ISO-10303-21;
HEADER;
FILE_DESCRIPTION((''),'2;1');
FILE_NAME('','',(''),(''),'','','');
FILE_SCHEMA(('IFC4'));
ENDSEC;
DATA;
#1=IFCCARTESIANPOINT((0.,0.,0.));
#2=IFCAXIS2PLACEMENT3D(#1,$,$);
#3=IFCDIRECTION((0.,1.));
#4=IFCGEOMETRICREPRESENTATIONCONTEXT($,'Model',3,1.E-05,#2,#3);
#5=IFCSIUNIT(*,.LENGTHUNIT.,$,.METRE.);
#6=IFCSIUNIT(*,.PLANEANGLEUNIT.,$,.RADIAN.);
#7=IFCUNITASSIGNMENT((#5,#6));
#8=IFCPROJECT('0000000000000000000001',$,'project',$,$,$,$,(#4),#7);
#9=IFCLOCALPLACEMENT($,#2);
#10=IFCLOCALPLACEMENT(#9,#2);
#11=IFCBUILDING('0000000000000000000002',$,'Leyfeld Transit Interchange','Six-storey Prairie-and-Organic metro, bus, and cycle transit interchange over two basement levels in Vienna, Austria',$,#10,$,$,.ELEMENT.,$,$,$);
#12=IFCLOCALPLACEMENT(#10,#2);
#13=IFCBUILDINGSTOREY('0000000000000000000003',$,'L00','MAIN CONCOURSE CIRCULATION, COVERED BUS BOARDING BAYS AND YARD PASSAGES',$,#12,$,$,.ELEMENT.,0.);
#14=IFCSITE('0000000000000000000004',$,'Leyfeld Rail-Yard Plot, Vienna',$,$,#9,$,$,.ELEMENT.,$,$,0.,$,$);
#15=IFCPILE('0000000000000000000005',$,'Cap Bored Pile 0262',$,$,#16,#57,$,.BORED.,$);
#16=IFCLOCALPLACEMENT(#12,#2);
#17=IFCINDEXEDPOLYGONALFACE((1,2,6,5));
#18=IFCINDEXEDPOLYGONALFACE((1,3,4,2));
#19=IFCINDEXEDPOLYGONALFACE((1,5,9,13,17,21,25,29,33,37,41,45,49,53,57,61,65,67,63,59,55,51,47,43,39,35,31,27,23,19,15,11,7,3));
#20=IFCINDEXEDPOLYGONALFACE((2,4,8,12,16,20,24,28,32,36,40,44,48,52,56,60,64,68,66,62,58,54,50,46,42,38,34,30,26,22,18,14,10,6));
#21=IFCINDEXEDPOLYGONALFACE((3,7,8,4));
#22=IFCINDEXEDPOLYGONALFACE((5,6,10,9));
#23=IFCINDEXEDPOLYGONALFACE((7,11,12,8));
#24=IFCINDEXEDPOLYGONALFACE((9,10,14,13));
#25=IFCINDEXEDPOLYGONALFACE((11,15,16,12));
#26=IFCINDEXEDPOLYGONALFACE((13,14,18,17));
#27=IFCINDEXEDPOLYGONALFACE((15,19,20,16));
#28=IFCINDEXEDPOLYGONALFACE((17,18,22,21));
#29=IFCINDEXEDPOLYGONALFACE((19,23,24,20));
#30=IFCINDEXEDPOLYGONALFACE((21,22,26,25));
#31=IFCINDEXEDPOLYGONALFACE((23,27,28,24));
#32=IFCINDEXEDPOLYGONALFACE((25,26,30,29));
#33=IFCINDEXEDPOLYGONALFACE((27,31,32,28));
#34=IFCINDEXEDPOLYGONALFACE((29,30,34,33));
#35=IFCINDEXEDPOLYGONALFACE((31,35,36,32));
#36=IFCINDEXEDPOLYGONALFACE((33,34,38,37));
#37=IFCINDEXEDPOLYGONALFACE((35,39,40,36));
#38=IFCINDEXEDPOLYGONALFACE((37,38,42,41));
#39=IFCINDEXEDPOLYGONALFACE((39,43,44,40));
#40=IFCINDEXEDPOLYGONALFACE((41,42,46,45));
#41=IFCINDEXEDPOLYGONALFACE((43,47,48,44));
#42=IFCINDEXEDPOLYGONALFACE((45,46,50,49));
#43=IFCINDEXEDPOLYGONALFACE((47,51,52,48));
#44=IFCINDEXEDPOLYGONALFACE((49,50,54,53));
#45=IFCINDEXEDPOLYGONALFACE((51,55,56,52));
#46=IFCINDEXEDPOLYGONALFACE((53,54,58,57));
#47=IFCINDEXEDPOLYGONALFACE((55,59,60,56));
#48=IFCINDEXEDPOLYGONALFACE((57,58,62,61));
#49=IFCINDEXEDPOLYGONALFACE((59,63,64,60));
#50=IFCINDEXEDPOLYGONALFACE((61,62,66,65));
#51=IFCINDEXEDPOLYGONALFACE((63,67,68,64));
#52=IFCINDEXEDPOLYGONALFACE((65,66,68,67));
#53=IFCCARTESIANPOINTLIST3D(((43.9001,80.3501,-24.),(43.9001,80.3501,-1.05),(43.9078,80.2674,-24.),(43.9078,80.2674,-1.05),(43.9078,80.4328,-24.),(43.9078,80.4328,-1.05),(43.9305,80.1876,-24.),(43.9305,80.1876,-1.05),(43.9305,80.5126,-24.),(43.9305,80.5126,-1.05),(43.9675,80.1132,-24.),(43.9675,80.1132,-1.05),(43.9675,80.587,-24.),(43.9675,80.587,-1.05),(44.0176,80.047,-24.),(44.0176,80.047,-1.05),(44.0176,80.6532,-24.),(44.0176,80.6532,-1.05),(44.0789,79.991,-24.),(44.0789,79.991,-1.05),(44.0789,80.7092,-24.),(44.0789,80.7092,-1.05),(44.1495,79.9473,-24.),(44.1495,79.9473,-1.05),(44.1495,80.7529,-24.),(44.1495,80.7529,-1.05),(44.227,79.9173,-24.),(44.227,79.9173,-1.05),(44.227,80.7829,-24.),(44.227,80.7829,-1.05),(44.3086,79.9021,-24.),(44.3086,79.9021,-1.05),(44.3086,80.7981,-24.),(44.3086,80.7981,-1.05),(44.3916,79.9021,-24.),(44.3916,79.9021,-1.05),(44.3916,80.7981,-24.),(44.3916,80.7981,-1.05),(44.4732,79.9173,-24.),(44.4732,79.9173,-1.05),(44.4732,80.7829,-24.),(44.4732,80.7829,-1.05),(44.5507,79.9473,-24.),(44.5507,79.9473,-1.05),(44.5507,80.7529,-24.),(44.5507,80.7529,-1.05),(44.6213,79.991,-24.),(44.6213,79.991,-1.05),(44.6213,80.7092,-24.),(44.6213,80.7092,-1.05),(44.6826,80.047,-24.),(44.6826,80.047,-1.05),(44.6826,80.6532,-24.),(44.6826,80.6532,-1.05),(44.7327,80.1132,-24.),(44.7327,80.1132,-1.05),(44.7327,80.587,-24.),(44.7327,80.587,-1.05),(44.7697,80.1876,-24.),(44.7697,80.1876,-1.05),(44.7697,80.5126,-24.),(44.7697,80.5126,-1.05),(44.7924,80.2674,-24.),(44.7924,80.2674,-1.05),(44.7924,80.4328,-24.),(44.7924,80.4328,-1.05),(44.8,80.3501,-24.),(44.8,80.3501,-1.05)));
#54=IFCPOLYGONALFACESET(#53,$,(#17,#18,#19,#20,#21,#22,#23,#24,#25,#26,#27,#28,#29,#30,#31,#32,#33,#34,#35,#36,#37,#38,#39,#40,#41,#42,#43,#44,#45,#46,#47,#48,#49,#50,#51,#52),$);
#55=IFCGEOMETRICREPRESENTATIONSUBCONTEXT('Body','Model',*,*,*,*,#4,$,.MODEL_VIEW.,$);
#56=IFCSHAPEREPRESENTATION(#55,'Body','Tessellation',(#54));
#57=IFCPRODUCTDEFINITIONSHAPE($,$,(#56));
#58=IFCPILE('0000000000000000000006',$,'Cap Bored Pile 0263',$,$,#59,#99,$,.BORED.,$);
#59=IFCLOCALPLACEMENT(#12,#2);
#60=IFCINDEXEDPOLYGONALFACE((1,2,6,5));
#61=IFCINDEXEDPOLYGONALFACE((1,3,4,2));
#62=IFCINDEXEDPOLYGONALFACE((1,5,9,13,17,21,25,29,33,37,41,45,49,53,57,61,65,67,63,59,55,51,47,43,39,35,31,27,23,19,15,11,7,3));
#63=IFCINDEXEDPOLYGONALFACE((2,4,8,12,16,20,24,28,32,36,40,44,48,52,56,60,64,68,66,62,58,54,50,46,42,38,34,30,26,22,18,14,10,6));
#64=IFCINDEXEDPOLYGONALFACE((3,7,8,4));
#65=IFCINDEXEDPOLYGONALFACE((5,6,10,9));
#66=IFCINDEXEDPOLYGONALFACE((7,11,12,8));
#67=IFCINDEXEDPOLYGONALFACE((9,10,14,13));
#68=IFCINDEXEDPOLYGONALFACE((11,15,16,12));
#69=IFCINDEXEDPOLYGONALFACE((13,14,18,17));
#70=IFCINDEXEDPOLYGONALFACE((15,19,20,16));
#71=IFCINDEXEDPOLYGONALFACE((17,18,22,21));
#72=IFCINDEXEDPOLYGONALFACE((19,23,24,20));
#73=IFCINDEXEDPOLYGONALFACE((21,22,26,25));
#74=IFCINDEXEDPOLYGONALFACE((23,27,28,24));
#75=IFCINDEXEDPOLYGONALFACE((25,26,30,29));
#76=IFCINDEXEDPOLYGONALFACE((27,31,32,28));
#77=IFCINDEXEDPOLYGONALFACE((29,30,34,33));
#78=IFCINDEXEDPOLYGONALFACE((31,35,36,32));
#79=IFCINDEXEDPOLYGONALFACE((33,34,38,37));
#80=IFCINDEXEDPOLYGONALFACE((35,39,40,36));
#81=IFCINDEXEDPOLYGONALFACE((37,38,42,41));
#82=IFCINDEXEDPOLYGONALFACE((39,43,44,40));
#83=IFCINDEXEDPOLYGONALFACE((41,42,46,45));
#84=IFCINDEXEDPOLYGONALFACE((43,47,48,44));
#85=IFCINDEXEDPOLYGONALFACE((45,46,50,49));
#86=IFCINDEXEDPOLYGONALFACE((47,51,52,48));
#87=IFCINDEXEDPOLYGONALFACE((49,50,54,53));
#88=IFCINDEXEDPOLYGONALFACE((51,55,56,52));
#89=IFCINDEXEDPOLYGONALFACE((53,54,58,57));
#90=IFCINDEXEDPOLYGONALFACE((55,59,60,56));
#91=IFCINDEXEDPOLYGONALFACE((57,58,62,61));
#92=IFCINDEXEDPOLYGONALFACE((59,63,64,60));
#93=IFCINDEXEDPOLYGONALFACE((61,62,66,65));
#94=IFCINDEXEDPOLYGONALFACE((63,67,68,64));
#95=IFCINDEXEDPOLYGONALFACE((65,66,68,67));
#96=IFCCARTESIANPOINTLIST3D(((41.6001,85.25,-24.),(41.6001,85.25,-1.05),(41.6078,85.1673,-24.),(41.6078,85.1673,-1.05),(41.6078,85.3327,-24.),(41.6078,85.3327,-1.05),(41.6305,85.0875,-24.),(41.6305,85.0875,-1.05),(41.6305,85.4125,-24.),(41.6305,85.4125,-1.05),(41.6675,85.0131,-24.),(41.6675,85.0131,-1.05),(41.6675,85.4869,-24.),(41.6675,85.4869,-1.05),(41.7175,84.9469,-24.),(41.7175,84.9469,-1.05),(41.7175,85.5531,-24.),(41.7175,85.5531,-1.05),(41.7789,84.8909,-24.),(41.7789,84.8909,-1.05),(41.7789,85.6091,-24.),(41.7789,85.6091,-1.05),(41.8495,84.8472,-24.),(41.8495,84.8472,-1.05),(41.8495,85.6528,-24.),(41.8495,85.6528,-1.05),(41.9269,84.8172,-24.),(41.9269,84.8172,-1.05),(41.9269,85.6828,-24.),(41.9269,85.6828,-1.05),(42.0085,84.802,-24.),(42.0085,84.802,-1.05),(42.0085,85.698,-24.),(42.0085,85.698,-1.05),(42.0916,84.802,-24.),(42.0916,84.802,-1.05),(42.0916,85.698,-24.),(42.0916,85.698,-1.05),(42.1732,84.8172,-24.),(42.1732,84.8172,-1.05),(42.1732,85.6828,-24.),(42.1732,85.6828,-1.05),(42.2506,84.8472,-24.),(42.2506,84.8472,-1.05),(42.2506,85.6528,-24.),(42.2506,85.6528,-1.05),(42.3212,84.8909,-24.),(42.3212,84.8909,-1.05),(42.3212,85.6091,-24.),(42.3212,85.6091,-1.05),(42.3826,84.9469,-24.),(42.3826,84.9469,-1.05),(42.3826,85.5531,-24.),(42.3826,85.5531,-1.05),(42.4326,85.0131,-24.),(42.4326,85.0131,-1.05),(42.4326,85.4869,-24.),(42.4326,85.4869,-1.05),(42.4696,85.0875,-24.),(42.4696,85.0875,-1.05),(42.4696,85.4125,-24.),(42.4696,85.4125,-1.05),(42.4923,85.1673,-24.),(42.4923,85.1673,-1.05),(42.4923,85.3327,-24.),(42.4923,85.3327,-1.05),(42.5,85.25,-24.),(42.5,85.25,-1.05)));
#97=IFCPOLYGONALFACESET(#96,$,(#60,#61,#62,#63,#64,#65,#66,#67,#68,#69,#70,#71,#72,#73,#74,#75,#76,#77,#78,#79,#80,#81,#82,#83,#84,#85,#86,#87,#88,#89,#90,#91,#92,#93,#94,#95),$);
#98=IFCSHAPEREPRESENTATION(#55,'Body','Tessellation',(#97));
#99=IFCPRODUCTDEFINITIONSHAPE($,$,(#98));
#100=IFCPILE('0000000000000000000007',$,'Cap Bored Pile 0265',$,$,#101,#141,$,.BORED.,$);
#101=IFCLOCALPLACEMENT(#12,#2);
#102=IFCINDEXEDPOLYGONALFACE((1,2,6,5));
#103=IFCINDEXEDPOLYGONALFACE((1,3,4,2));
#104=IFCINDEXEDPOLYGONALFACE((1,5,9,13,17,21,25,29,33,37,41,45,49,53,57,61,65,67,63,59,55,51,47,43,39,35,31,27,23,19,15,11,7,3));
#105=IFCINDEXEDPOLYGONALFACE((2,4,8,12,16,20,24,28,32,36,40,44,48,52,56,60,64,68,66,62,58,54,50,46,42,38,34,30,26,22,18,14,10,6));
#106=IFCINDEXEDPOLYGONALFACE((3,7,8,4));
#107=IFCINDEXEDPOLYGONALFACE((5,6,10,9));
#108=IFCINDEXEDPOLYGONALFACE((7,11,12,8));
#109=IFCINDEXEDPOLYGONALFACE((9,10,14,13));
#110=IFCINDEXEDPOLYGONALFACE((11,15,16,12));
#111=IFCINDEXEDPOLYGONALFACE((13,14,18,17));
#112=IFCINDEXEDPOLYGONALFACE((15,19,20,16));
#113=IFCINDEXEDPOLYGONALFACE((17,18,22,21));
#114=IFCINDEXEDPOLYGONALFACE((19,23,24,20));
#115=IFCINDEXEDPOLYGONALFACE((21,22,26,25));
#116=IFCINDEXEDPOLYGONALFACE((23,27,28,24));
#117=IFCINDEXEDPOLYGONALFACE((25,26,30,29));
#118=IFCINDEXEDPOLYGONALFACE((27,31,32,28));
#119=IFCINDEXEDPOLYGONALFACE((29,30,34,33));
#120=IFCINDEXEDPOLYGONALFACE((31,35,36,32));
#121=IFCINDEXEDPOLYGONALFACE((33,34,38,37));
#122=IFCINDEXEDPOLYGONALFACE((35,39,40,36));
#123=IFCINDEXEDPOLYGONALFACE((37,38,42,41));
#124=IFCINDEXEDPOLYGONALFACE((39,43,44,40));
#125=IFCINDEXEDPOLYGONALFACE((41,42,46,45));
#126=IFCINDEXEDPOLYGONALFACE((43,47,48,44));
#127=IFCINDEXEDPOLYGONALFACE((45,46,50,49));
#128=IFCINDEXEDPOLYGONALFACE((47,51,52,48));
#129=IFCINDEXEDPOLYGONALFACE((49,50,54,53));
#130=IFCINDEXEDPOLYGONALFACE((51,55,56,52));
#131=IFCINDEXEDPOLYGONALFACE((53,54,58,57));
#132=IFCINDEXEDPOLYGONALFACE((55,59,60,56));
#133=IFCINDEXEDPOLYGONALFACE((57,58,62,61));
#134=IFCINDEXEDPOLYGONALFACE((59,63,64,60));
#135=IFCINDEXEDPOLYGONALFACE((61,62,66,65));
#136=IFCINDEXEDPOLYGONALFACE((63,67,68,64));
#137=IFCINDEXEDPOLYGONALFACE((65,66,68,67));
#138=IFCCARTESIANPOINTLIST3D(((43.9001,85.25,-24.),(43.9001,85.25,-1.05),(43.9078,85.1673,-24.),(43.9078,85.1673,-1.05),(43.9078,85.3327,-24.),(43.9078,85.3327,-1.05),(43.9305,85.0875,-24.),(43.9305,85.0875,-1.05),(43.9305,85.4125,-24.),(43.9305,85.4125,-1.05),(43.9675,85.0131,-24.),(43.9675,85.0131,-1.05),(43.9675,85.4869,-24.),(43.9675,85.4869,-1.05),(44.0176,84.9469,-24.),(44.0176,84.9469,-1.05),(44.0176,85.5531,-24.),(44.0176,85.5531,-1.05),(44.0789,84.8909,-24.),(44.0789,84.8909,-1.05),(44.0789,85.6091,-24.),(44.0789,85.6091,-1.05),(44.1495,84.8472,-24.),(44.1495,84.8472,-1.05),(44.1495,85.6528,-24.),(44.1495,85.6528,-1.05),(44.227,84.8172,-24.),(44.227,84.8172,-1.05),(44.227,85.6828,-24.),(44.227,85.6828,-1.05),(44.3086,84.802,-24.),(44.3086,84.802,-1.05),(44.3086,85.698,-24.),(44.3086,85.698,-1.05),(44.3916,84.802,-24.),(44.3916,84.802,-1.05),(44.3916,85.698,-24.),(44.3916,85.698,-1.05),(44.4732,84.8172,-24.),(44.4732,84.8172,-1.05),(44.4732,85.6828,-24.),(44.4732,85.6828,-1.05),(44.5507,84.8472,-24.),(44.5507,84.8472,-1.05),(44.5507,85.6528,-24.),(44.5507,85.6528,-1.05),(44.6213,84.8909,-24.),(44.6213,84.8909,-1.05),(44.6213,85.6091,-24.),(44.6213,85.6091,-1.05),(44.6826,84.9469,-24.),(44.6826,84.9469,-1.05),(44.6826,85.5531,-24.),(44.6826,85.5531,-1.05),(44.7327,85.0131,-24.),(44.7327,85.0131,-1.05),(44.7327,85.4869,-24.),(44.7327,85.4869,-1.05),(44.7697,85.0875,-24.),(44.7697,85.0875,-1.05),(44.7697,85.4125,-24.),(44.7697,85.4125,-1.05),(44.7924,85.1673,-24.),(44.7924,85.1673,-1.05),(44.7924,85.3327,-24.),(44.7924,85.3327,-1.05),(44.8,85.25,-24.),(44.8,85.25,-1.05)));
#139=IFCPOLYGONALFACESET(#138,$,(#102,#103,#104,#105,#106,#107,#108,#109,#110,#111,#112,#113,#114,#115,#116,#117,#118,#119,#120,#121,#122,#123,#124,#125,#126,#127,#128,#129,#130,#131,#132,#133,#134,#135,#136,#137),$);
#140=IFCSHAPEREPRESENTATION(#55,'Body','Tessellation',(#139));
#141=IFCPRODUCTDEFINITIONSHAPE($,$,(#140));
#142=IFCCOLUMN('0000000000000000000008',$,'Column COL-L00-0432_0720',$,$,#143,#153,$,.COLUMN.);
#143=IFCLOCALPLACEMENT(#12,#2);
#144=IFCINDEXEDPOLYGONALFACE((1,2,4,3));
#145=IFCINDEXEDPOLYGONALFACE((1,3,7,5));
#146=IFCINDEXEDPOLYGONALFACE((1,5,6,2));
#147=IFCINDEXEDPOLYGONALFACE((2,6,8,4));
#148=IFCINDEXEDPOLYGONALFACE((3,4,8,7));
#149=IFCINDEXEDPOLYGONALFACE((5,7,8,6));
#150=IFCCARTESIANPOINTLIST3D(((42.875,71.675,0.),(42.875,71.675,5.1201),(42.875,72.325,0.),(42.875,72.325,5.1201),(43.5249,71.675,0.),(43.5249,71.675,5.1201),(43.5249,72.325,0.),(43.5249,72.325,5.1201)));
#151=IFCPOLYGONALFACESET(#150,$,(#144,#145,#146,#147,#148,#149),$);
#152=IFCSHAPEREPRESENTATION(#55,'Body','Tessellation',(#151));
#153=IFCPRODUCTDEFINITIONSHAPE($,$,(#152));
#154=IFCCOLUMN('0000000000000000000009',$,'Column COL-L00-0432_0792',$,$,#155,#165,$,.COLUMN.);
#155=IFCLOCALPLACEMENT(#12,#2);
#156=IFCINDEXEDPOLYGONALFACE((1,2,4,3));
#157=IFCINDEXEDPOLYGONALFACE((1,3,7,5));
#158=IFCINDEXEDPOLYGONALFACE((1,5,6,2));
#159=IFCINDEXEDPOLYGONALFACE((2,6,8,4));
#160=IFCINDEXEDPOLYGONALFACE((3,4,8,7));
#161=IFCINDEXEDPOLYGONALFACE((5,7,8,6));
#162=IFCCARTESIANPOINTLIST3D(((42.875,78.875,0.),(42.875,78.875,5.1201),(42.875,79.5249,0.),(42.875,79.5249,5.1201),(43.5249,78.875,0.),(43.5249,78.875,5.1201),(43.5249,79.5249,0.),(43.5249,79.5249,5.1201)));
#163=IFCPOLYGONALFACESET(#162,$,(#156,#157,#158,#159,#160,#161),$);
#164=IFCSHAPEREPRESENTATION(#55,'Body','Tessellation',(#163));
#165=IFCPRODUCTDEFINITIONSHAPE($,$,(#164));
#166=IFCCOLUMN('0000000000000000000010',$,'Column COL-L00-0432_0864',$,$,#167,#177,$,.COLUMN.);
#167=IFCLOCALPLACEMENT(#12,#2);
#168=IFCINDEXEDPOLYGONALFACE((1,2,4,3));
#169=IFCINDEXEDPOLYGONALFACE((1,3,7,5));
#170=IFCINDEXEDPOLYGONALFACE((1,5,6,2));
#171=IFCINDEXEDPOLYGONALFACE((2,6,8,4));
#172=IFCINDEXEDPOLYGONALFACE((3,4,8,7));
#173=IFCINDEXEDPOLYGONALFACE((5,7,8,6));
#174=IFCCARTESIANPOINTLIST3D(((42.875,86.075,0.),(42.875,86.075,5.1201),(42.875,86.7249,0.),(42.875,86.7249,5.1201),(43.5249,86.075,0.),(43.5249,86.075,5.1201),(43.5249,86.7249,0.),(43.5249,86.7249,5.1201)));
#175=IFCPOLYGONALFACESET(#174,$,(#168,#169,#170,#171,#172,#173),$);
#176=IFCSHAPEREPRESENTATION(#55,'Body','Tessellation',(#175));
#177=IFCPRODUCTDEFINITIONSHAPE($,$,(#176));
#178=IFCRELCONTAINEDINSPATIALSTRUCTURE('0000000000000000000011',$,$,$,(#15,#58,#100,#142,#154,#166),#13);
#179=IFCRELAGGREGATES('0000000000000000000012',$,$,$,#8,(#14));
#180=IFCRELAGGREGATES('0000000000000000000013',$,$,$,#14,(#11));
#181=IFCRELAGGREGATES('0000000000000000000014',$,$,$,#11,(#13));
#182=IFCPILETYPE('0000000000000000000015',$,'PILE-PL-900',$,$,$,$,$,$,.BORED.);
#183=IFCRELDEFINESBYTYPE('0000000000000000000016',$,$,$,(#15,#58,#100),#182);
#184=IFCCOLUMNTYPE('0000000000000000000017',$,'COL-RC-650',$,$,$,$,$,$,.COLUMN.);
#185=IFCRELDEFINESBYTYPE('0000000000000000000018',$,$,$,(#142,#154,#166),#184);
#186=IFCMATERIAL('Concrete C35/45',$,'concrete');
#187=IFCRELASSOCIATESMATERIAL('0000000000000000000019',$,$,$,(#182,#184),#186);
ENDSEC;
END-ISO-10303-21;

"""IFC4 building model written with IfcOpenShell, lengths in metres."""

from ifc_helpers import new_model, si_unit, direction, frame, origin, origin_2d, place, context, subcontext, project, spatial, rectangle, circle, extrude, material, material_profile, profile_set, type_object, element, save


model = new_model("IFC4")

# Units and contexts
model_context = context("Model", 3, precision=1e-05, world=origin(), true_north=direction((0.0, 1.0)))
body_context = subcontext(model_context, "Body", "Model", "MODEL_VIEW")
ifc_project = project(units=[si_unit("LENGTHUNIT", "METRE"), si_unit("PLANEANGLEUNIT", "RADIAN")], contexts=[model_context])

# Site, building, storey
site_placement = place(None, origin())
site = spatial("IfcSite", under=ifc_project, at=site_placement, Name="Leyfeld Rail-Yard Plot, Vienna", CompositionType="ELEMENT", RefElevation=0.0)
building_placement = place(site_placement, origin())
building = spatial("IfcBuilding", under=site, at=building_placement, Name="Leyfeld Transit Interchange", Description="Six-storey Prairie-and-Organic metro, bus, and cycle transit interchange over two basement levels in Vienna, Austria", CompositionType="ELEMENT")
storey_placement = place(building_placement, origin())
storey = spatial("IfcBuildingStorey", under=building, at=storey_placement, Name="L00", Description="MAIN CONCOURSE CIRCULATION, COVERED BUS BOARDING BAYS AND YARD PASSAGES", CompositionType="ELEMENT", Elevation=0.0)

# Shared definitions
ifc_material_1 = material(Name="Concrete C35/45", Category="concrete")

# Piles
ifc_material_profile_1 = material_profile(ifc_material_1, circle(Radius=0.45, at=origin_2d()), Name="PILE D900")
ifc_profile_set_1 = profile_set([ifc_material_profile_1], Name="Concrete C35/45")
pile_type = type_object("IfcPileType", Name="PILE-PL-900", PredefinedType="BORED", material=ifc_profile_set_1)
for number, where, z_axis, x_axis, name in (
    (1, (44.3501, 80.3501, -1.05), (0.0, 0.0, -1.0), (1.0, 0.0, 0.0), "Cap Bored Pile 0262"),
    (2, (42.05, 85.25, -1.05), (0.0, 0.0, -1.0), (1.0, 0.0, 0.0), "Cap Bored Pile 0263"),
    (3, (44.3501, 85.25, -1.05), (0.0, 0.0, -1.0), (1.0, 0.0, 0.0), "Cap Bored Pile 0265"),
):
    element("IfcPile", number, at=place(storey_placement, frame(where, z_axis=z_axis, x_axis=x_axis)), inside=storey, type_object=pile_type, Name=name, PredefinedType="BORED", context=body_context, shape_type="SweptSolid", body=[
        extrude(circle(Radius=0.45, at=origin_2d()), origin(), (0.0, 0.0, 1.0), 22.95),
    ])

# Columns
ifc_material_profile_2 = material_profile(ifc_material_1, rectangle(XDim=0.6499, YDim=0.6499, at=origin_2d()), Name="RC 650x650")
ifc_profile_set_2 = profile_set([ifc_material_profile_2], Name="Concrete C35/45")
column_type = type_object("IfcColumnType", Name="COL-RC-650", PredefinedType="COLUMN", material=ifc_profile_set_2)
for number, where, z_axis, x_axis, name in (
    (4, (43.2, 72.0, 0.0), (0.0, 0.0, 1.0), (0.0, 1.0, 0.0), "Column COL-L00-0432_0720"),
    (5, (43.2, 79.2, 0.0), (0.0, 0.0, 1.0), (0.0, 1.0, 0.0), "Column COL-L00-0432_0792"),
    (6, (43.2, 86.3999, 0.0), (0.0, 0.0, 1.0), (0.0, 1.0, 0.0), "Column COL-L00-0432_0864"),
):
    element("IfcColumn", number, at=place(storey_placement, frame(where, z_axis=z_axis, x_axis=x_axis)), inside=storey, type_object=column_type, Name=name, PredefinedType="COLUMN", context=body_context, shape_type="SweptSolid", body=[
        extrude(rectangle(XDim=0.6499, YDim=0.6499, at=origin_2d()), origin(), (0.0, 0.0, 1.0), 5.1201),
    ])

save(model, "model.ifc")
